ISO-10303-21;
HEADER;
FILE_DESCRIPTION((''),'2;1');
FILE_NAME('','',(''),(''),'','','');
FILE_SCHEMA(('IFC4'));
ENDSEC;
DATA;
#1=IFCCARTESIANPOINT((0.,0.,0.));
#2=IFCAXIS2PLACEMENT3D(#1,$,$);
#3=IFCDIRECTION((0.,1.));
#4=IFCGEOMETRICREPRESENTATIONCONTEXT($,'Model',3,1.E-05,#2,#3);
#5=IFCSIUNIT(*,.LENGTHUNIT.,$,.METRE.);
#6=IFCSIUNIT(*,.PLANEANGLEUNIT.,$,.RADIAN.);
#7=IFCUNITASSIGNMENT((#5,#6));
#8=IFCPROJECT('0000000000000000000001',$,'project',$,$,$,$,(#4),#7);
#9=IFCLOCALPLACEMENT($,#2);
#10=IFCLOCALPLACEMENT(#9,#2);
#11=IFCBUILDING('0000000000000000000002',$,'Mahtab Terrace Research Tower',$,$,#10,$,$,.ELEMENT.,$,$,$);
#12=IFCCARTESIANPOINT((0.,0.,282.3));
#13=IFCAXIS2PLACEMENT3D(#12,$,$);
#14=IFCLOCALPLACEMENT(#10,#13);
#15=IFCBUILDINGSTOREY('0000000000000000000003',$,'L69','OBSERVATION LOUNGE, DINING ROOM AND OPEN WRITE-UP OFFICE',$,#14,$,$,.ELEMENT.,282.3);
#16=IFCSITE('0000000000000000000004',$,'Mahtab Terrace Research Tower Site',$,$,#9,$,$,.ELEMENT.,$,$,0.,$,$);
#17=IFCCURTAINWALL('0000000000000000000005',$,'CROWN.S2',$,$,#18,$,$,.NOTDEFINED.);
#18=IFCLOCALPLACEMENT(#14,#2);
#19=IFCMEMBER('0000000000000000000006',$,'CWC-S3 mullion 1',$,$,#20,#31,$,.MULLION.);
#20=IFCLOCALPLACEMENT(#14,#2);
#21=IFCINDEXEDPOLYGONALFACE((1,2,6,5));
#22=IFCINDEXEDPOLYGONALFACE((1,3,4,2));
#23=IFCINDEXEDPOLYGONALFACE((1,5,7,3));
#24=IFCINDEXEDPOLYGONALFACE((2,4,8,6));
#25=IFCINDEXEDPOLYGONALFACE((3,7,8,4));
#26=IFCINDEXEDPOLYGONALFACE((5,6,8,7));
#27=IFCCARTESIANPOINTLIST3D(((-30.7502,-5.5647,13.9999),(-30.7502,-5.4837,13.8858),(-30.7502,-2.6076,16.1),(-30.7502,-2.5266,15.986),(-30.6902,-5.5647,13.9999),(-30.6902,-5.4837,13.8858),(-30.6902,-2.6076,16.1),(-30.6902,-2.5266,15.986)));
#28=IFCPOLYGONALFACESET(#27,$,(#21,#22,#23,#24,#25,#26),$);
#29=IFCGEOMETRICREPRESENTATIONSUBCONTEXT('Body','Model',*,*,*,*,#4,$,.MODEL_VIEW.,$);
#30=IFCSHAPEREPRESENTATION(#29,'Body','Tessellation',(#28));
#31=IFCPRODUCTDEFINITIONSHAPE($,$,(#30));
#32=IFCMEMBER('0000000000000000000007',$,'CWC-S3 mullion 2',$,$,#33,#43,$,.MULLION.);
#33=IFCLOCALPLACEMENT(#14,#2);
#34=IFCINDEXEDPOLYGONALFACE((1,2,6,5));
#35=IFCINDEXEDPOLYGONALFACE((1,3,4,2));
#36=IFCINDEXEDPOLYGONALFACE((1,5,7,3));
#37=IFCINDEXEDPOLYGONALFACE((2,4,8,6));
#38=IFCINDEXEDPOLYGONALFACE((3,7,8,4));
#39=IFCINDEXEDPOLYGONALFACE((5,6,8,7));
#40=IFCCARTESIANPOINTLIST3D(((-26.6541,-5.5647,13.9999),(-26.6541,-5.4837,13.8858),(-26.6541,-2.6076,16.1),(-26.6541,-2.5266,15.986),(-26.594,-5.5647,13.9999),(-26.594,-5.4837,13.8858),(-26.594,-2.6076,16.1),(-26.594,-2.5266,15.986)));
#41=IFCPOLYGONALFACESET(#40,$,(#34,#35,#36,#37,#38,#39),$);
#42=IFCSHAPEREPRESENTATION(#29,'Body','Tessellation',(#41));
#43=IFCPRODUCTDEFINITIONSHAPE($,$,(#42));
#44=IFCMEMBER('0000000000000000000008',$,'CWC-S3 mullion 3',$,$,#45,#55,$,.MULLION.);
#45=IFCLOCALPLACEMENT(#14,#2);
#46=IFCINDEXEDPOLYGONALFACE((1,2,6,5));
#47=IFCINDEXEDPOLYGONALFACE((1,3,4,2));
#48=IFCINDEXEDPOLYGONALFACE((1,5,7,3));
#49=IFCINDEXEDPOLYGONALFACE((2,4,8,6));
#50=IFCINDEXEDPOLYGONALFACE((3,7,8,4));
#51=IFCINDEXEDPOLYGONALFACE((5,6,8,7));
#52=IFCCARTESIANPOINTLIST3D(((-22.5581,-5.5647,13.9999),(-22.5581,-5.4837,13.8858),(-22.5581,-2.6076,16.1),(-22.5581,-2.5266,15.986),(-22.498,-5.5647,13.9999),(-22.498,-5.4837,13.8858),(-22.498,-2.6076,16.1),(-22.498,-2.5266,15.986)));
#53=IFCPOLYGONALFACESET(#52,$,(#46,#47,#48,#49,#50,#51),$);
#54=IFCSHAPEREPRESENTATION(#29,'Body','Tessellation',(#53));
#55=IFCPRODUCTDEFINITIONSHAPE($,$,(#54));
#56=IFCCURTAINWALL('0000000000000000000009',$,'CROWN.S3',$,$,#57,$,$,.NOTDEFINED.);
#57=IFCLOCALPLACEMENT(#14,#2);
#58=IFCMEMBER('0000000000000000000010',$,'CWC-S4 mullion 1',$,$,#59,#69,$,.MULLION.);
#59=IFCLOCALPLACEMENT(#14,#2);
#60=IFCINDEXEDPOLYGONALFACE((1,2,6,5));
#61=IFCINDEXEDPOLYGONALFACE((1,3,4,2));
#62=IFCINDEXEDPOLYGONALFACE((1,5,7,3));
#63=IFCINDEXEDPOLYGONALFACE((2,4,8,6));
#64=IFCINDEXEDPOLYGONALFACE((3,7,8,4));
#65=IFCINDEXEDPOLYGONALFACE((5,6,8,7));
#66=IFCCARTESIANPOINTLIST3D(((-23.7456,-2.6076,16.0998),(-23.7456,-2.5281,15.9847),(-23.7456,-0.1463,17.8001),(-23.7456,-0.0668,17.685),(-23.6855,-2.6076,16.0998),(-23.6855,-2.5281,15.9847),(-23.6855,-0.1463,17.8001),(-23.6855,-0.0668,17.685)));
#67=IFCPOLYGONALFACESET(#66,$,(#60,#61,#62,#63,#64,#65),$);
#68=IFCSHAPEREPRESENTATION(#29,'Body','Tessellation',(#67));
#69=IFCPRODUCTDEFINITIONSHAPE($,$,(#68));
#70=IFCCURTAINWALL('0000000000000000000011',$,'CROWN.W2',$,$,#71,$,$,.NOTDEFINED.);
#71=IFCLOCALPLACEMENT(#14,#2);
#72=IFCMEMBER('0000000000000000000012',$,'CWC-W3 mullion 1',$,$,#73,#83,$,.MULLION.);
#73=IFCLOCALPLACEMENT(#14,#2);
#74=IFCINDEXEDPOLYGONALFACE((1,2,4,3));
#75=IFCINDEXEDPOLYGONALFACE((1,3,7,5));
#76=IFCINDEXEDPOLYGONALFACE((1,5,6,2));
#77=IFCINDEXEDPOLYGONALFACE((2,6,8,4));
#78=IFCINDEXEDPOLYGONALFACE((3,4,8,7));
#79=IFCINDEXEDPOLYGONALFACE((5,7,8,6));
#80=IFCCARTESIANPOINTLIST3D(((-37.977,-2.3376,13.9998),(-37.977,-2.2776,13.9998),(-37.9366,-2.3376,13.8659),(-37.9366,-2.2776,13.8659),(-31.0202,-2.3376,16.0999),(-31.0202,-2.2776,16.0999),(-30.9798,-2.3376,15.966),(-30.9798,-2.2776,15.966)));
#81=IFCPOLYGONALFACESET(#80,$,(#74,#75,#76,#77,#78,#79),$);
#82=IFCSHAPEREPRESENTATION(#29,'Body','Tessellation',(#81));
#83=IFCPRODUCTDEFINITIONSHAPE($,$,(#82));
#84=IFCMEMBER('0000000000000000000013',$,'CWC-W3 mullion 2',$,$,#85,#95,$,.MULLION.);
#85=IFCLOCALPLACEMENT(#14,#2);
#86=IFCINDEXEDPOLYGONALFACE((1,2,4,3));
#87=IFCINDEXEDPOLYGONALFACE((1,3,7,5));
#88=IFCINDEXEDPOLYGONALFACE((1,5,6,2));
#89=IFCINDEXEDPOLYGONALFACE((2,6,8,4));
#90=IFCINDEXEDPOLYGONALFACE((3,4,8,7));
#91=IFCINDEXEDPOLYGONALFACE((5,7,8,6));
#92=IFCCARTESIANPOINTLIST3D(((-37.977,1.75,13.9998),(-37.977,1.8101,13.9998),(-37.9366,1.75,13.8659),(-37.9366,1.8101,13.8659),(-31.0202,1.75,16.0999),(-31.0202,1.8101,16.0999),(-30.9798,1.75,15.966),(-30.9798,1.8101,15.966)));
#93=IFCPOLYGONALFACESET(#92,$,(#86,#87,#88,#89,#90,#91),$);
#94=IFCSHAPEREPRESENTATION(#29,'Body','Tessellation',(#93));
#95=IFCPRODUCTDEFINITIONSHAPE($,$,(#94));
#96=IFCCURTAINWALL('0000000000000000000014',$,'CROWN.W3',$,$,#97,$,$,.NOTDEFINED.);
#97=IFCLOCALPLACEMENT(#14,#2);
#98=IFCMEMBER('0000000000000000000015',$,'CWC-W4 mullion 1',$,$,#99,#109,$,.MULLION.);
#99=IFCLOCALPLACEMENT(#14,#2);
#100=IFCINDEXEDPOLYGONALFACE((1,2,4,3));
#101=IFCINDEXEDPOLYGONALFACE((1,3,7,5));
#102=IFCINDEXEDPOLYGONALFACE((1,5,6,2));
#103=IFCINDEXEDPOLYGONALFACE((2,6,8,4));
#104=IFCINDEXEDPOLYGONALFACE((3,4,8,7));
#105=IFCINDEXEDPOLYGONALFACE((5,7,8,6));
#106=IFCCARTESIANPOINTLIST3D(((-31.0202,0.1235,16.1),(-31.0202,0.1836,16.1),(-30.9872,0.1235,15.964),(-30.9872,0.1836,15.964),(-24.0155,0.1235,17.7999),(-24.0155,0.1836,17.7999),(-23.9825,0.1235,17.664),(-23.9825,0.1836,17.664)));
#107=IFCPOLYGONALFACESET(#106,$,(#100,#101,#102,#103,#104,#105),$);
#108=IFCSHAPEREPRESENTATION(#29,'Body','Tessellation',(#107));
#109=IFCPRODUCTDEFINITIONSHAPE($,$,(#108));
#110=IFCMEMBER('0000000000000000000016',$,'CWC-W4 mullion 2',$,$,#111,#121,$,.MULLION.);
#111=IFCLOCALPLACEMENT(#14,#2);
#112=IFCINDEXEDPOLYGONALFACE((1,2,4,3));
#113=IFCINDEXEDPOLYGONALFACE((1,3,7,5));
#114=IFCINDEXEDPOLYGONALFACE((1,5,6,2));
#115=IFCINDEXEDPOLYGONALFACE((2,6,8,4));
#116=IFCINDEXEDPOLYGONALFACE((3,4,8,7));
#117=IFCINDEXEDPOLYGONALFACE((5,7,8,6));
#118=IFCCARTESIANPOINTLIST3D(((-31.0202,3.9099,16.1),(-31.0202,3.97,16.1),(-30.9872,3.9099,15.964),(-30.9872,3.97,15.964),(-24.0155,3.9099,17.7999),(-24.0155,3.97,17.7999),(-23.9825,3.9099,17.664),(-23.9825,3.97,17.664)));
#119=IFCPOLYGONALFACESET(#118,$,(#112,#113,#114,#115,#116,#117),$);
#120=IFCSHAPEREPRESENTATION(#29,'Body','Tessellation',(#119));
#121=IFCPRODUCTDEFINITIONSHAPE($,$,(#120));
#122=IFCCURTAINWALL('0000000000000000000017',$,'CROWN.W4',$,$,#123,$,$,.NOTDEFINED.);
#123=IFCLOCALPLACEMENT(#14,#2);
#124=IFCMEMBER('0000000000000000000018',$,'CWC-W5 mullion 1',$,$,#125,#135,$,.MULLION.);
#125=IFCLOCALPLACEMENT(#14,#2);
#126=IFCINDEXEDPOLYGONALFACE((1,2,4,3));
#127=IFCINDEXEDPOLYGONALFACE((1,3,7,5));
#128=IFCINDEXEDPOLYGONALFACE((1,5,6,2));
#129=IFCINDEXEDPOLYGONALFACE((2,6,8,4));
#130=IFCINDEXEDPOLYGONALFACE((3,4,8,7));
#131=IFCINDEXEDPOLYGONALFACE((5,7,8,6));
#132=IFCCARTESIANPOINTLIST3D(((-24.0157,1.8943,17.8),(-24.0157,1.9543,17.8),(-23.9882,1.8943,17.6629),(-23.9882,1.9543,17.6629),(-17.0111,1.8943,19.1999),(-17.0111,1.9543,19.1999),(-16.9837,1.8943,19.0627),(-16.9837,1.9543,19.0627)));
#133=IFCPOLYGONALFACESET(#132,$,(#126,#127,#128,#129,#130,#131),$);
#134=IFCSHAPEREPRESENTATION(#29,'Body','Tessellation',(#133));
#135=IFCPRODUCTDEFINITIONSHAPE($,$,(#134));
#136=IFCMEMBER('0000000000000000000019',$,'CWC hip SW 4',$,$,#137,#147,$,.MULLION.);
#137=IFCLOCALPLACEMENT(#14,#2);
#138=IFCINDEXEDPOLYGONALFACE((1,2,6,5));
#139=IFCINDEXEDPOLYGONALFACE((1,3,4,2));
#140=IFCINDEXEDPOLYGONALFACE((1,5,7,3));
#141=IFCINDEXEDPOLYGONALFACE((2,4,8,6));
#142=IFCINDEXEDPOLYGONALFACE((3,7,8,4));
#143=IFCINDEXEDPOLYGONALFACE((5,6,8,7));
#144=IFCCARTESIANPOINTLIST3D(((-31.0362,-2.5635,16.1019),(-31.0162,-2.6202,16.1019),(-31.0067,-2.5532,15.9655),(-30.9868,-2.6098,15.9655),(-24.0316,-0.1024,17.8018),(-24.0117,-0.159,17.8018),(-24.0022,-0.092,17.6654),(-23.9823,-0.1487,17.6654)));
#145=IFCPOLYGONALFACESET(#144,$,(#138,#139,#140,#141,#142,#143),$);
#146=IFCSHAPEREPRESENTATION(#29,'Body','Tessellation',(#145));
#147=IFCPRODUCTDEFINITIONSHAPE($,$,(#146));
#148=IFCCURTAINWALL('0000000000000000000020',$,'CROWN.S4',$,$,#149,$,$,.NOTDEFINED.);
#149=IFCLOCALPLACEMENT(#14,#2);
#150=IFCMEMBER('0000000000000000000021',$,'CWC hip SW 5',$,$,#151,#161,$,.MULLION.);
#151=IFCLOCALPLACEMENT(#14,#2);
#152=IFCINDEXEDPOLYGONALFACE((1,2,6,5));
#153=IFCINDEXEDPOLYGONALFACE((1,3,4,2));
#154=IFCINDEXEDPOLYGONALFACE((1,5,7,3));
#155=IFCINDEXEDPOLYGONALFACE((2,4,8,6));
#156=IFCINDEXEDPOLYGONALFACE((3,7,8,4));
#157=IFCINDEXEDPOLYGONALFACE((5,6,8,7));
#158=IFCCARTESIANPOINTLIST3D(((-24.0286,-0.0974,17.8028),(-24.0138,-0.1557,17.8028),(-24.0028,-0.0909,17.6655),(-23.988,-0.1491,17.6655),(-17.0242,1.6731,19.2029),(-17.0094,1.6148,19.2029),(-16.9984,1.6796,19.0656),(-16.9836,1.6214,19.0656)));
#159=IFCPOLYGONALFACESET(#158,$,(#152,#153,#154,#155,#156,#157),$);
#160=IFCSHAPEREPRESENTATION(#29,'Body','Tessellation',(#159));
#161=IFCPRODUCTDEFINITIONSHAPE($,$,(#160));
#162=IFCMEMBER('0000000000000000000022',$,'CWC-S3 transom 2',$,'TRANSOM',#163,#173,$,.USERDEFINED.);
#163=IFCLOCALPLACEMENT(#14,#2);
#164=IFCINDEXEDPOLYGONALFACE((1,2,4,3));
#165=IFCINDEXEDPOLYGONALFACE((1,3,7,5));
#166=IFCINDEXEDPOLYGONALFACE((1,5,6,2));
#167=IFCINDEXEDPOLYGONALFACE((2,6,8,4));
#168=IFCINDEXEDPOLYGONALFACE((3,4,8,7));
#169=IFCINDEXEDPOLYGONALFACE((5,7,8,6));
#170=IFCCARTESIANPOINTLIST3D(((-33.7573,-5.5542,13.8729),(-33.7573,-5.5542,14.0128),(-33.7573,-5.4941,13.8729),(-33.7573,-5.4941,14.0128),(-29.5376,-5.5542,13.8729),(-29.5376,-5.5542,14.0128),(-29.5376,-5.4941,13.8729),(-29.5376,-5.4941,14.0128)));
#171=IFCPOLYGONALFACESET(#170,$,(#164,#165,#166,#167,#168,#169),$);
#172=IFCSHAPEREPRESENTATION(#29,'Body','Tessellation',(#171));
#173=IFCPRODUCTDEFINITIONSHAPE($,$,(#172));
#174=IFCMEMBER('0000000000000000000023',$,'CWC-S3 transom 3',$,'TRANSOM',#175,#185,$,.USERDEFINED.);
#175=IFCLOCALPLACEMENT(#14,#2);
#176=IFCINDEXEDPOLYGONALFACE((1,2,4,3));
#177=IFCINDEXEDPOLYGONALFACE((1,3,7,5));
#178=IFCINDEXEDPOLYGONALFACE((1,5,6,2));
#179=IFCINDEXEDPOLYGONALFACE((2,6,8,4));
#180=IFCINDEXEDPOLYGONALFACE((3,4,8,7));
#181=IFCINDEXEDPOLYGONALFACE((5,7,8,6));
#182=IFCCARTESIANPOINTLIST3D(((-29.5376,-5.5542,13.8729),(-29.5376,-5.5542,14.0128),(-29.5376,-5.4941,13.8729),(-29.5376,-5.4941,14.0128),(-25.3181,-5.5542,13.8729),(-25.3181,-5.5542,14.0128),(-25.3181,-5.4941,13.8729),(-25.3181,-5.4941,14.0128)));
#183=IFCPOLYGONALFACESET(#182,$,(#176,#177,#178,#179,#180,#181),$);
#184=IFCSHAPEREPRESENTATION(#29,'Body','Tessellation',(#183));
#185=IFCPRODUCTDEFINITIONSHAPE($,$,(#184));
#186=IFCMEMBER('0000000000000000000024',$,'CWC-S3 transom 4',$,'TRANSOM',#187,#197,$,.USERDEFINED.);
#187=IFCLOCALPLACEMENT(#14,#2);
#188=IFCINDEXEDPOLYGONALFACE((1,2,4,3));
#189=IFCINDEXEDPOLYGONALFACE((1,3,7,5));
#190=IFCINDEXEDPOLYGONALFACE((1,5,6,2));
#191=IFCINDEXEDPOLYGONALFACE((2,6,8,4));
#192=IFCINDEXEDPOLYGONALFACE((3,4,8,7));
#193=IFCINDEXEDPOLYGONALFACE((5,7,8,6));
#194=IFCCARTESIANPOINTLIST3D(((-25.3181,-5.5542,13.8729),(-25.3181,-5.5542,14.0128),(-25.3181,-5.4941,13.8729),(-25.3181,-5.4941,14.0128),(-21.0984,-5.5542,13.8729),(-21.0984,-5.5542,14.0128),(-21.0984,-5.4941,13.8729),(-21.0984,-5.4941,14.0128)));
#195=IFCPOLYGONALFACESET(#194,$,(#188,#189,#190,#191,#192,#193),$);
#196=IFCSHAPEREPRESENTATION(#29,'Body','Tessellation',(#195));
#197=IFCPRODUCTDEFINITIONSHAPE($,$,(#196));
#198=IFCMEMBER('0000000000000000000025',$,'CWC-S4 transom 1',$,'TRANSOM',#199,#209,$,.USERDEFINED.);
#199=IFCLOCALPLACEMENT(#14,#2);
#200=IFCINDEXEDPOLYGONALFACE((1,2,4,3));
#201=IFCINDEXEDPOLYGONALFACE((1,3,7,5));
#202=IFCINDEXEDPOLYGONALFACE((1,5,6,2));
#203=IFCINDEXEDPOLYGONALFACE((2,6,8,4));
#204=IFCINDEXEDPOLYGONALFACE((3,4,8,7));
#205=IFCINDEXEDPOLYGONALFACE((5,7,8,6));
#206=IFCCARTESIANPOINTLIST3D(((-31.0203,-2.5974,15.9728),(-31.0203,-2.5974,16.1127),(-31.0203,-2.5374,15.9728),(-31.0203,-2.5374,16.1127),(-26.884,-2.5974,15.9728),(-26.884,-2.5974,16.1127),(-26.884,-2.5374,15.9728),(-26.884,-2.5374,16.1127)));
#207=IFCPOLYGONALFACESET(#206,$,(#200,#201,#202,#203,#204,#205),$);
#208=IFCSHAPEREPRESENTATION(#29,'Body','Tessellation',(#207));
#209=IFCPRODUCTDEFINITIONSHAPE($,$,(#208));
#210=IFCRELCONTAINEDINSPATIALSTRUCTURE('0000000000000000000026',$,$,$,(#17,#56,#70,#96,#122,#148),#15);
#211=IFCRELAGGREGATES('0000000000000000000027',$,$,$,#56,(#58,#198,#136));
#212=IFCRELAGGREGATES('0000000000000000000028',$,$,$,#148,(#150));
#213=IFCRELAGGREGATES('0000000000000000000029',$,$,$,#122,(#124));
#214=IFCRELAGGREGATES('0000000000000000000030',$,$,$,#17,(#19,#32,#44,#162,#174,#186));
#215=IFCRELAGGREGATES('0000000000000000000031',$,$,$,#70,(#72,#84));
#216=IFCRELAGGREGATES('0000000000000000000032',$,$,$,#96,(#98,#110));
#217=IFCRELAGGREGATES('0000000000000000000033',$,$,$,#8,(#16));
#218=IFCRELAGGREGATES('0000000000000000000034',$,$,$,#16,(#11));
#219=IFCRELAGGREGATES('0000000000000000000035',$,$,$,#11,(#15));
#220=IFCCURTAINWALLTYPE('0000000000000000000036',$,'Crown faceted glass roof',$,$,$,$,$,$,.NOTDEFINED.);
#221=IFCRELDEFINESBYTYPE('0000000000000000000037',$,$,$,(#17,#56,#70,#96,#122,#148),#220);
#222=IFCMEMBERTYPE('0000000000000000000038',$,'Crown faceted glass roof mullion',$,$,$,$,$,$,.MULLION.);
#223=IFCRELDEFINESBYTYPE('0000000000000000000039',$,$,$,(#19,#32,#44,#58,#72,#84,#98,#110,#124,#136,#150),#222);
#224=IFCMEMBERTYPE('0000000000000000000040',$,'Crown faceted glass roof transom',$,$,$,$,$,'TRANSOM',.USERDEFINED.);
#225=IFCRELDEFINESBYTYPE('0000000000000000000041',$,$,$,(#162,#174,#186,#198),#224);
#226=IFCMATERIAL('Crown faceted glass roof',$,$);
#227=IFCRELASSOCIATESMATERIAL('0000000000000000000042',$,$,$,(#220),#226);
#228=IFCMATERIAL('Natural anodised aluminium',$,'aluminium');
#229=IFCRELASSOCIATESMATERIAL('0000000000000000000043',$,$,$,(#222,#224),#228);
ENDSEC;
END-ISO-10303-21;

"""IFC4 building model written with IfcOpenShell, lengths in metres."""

from ifc_helpers import new_model, si_unit, direction, frame, origin, origin_2d, place, context, subcontext, project, spatial, rectangle, extrude, material, material_profile, profile_set, type_object, element, aggregate, save


model = new_model("IFC4")

# Units and contexts
model_context = context("Model", 3, precision=1e-05, world=origin(), true_north=direction((0.0, 1.0)))
body_context = subcontext(model_context, "Body", "Model", "MODEL_VIEW")
ifc_project = project(units=[si_unit("LENGTHUNIT", "METRE"), si_unit("PLANEANGLEUNIT", "RADIAN")], contexts=[model_context])

# Site, building, storey
site_placement = place(None, origin())
site = spatial("IfcSite", under=ifc_project, at=site_placement, Name="Mahtab Terrace Research Tower Site", CompositionType="ELEMENT", RefElevation=0.0)
building_placement = place(site_placement, origin())
building = spatial("IfcBuilding", under=site, at=building_placement, Name="Mahtab Terrace Research Tower", CompositionType="ELEMENT")
storey_placement = place(building_placement, frame((0.0, 0.0, 282.3)))
storey = spatial("IfcBuildingStorey", under=building, at=storey_placement, Name="L69", Description="OBSERVATION LOUNGE, DINING ROOM AND OPEN WRITE-UP OFFICE", CompositionType="ELEMENT", Elevation=282.3)

# Curtain wall, members
ifc_material_1 = material(Name="Crown faceted glass roof")
curtain_wall_type = type_object("IfcCurtainWallType", Name="Crown faceted glass roof", PredefinedType="NOTDEFINED", material=ifc_material_1)
curtain_wall_1_placement = place(storey_placement, origin())
curtain_wall_1 = element("IfcCurtainWall", 1, at=curtain_wall_1_placement, inside=storey, type_object=curtain_wall_type, Name="CROWN.S2", PredefinedType="NOTDEFINED")
ifc_material_2 = material(Name="Natural anodised aluminium", Category="aluminium")
ifc_material_profile_1 = material_profile(ifc_material_2, rectangle(XDim=0.0601, YDim=0.1399, at=origin_2d()), Name="MULLION 60x140")
ifc_profile_set_1 = profile_set([ifc_material_profile_1], Name="Natural anodised aluminium")
member_type_1 = type_object("IfcMemberType", Name="Crown faceted glass roof mullion", PredefinedType="MULLION", material=ifc_profile_set_1)
member_1_placement = place(storey_placement, frame((-30.7202, -5.5242, 13.9429), z_axis=(0.0, 0.815304, 0.579033), x_axis=(-1.0, 0.0, 0.0)))
member_1 = element("IfcMember", 2, at=member_1_placement, type_object=member_type_1, Name="CWC-S3 mullion 1", PredefinedType="MULLION", context=body_context, shape_type="SweptSolid", body=[
    extrude(rectangle(XDim=0.0601, YDim=0.1399, at=origin_2d()), origin(), (0.0, 0.0, 1.0), 3.627),
])
member_2_placement = place(storey_placement, frame((-26.624, -5.5242, 13.9429), z_axis=(0.0, 0.815304, 0.579033), x_axis=(-1.0, 0.0, 0.0)))
member_2 = element("IfcMember", 3, at=member_2_placement, type_object=member_type_1, Name="CWC-S3 mullion 2", PredefinedType="MULLION", context=body_context, shape_type="SweptSolid", body=[
    extrude(rectangle(XDim=0.0601, YDim=0.1399, at=origin_2d()), origin(), (0.0, 0.0, 1.0), 3.627),
])
member_3_placement = place(storey_placement, frame((-22.5281, -5.5242, 13.9429), z_axis=(0.0, 0.815304, 0.579033), x_axis=(-1.0, 0.0, 0.0)))
member_3 = element("IfcMember", 4, at=member_3_placement, type_object=member_type_1, Name="CWC-S3 mullion 3", PredefinedType="MULLION", context=body_context, shape_type="SweptSolid", body=[
    extrude(rectangle(XDim=0.0601, YDim=0.1399, at=origin_2d()), origin(), (0.0, 0.0, 1.0), 3.627),
])

# Curtain wall, member
curtain_wall_2_placement = place(storey_placement, origin())
curtain_wall_2 = element("IfcCurtainWall", 5, at=curtain_wall_2_placement, inside=storey, type_object=curtain_wall_type, Name="CROWN.S3", PredefinedType="NOTDEFINED")
member_4_placement = place(storey_placement, frame((-23.7156, -2.5679, 16.0422), z_axis=(0.0, 0.822771, 0.568374), x_axis=(-1.0, 0.0, 0.0)))
member_4 = element("IfcMember", 6, at=member_4_placement, type_object=member_type_1, Name="CWC-S4 mullion 1", PredefinedType="MULLION", context=body_context, shape_type="SweptSolid", body=[
    extrude(rectangle(XDim=0.0601, YDim=0.1399, at=origin_2d()), origin(), (0.0, 0.0, 1.0), 2.9915),
])

# Curtain walls, members
curtain_wall_3_placement = place(storey_placement, origin())
curtain_wall_3 = element("IfcCurtainWall", 7, at=curtain_wall_3_placement, inside=storey, type_object=curtain_wall_type, Name="CROWN.W2", PredefinedType="NOTDEFINED")
member_5_placement = place(storey_placement, frame((-37.9568, -2.3076, 13.9329), z_axis=(0.95733, 0.0, 0.288996), x_axis=(0.0, 1.0, 0.0)))
member_5 = element("IfcMember", 8, at=member_5_placement, type_object=member_type_1, Name="CWC-W3 mullion 1", PredefinedType="MULLION", context=body_context, shape_type="SweptSolid", body=[
    extrude(rectangle(XDim=0.0601, YDim=0.1399, at=origin_2d()), origin(), (0.0, 0.0, 1.0), 7.2668),
])
member_6_placement = place(storey_placement, frame((-37.9568, 1.78, 13.9329), z_axis=(0.95733, 0.0, 0.288996), x_axis=(0.0, 1.0, 0.0)))
member_6 = element("IfcMember", 9, at=member_6_placement, type_object=member_type_1, Name="CWC-W3 mullion 2", PredefinedType="MULLION", context=body_context, shape_type="SweptSolid", body=[
    extrude(rectangle(XDim=0.0601, YDim=0.1399, at=origin_2d()), origin(), (0.0, 0.0, 1.0), 7.2668),
])
curtain_wall_4_placement = place(storey_placement, origin())
curtain_wall_4 = element("IfcCurtainWall", 10, at=curtain_wall_4_placement, inside=storey, type_object=curtain_wall_type, Name="CROWN.W3", PredefinedType="NOTDEFINED")
member_7_placement = place(storey_placement, frame((-31.0037, 0.1536, 16.032), z_axis=(0.971791, 0.0, 0.235843), x_axis=(0.0, 1.0, 0.0)))
member_7 = element("IfcMember", 11, at=member_7_placement, type_object=member_type_1, Name="CWC-W4 mullion 1", PredefinedType="MULLION", context=body_context, shape_type="SweptSolid", body=[
    extrude(rectangle(XDim=0.0601, YDim=0.1399, at=origin_2d()), origin(), (0.0, 0.0, 1.0), 7.208),
])
member_8_placement = place(storey_placement, frame((-31.0037, 3.9399, 16.032), z_axis=(0.971791, 0.0, 0.235843), x_axis=(0.0, 1.0, 0.0)))
member_8 = element("IfcMember", 12, at=member_8_placement, type_object=member_type_1, Name="CWC-W4 mullion 2", PredefinedType="MULLION", context=body_context, shape_type="SweptSolid", body=[
    extrude(rectangle(XDim=0.0601, YDim=0.1399, at=origin_2d()), origin(), (0.0, 0.0, 1.0), 7.208),
])

# Curtain wall, member
curtain_wall_5_placement = place(storey_placement, origin())
curtain_wall_5 = element("IfcCurtainWall", 13, at=curtain_wall_5_placement, inside=storey, type_object=curtain_wall_type, Name="CROWN.W4", PredefinedType="NOTDEFINED")
member_9_placement = place(storey_placement, frame((-24.002, 1.9243, 17.7314), z_axis=(0.980608, 0.0, 0.195978), x_axis=(0.0, 1.0, 0.0)))
member_9 = element("IfcMember", 14, at=member_9_placement, type_object=member_type_1, Name="CWC-W5 mullion 1", PredefinedType="MULLION", context=body_context, shape_type="SweptSolid", body=[
    extrude(rectangle(XDim=0.0601, YDim=0.1399, at=origin_2d()), origin(), (0.0, 0.0, 1.0), 7.1431),
])

# Member
member_10_placement = place(storey_placement, frame((-31.0115, -2.5867, 16.0337), z_axis=(0.919657, 0.323135, 0.223191), x_axis=(-0.331497, 0.943456, 0.0)))
member_10 = element("IfcMember", 15, at=member_10_placement, type_object=member_type_1, Name="CWC hip SW 4", PredefinedType="MULLION", context=body_context, shape_type="SweptSolid", body=[
    extrude(rectangle(XDim=0.0601, YDim=0.1399, at=origin_2d()), origin(), (0.0, 0.0, 1.0), 7.6165),
])

# Curtain wall, member
curtain_wall_6_placement = place(storey_placement, origin())
curtain_wall_6 = element("IfcCurtainWall", 16, at=curtain_wall_6_placement, inside=storey, type_object=curtain_wall_type, Name="CROWN.S4", PredefinedType="NOTDEFINED")
member_11_placement = place(storey_placement, frame((-24.0083, -0.1233, 17.7341), z_axis=(0.951798, 0.240587, 0.19026), x_axis=(-0.245063, 0.969507, 0.0)))
member_11 = element("IfcMember", 17, at=member_11_placement, type_object=member_type_1, Name="CWC hip SW 5", PredefinedType="MULLION", context=body_context, shape_type="SweptSolid", body=[
    extrude(rectangle(XDim=0.0601, YDim=0.1399, at=origin_2d()), origin(), (0.0, 0.0, 1.0), 7.3591),
])

# Members
ifc_material_profile_2 = material_profile(ifc_material_2, rectangle(XDim=0.0601, YDim=0.1399, at=origin_2d()), Name="TRANSOM 60x140")
ifc_profile_set_2 = profile_set([ifc_material_profile_2], Name="Natural anodised aluminium")
member_type_2 = type_object("IfcMemberType", Name="Crown faceted glass roof transom", ElementType="TRANSOM", PredefinedType="USERDEFINED", material=ifc_profile_set_2)
member_12_placement = place(storey_placement, frame((-33.7573, -5.5242, 13.9429), z_axis=(1.0, 0.0, 0.0), x_axis=(0.0, 1.0, 0.0)))
member_12 = element("IfcMember", 18, at=member_12_placement, type_object=member_type_2, Name="CWC-S3 transom 2", ObjectType="TRANSOM", PredefinedType="USERDEFINED", context=body_context, shape_type="SweptSolid", body=[
    extrude(rectangle(XDim=0.0601, YDim=0.1399, at=origin_2d()), origin(), (0.0, 0.0, 1.0), 4.2197),
])
member_13_placement = place(storey_placement, frame((-29.5376, -5.5242, 13.9429), z_axis=(1.0, 0.0, 0.0), x_axis=(0.0, 1.0, 0.0)))
member_13 = element("IfcMember", 19, at=member_13_placement, type_object=member_type_2, Name="CWC-S3 transom 3", ObjectType="TRANSOM", PredefinedType="USERDEFINED", context=body_context, shape_type="SweptSolid", body=[
    extrude(rectangle(XDim=0.0601, YDim=0.1399, at=origin_2d()), origin(), (0.0, 0.0, 1.0), 4.2195),
])
member_14_placement = place(storey_placement, frame((-25.3181, -5.5242, 13.9429), z_axis=(1.0, 0.0, 0.0), x_axis=(0.0, 1.0, 0.0)))
member_14 = element("IfcMember", 20, at=member_14_placement, type_object=member_type_2, Name="CWC-S3 transom 4", ObjectType="TRANSOM", PredefinedType="USERDEFINED", context=body_context, shape_type="SweptSolid", body=[
    extrude(rectangle(XDim=0.0601, YDim=0.1399, at=origin_2d()), origin(), (0.0, 0.0, 1.0), 4.2197),
])
member_15_placement = place(storey_placement, frame((-31.0203, -2.5674, 16.0427), z_axis=(1.0, 0.0, 0.0), x_axis=(0.0, 1.0, 0.0)))
member_15 = element("IfcMember", 21, at=member_15_placement, type_object=member_type_2, Name="CWC-S4 transom 1", ObjectType="TRANSOM", PredefinedType="USERDEFINED", context=body_context, shape_type="SweptSolid", body=[
    extrude(rectangle(XDim=0.0601, YDim=0.1399, at=origin_2d()), origin(), (0.0, 0.0, 1.0), 4.1362),
])
aggregate(curtain_wall_2, [member_4, member_15, member_10])
aggregate(curtain_wall_6, [member_11])
aggregate(curtain_wall_5, [member_9])

aggregate(curtain_wall_1, [member_1, member_2, member_3, member_12, member_13, member_14])
aggregate(curtain_wall_3, [member_5, member_6])
aggregate(curtain_wall_4, [member_7, member_8])

save(model, "model.ifc")
